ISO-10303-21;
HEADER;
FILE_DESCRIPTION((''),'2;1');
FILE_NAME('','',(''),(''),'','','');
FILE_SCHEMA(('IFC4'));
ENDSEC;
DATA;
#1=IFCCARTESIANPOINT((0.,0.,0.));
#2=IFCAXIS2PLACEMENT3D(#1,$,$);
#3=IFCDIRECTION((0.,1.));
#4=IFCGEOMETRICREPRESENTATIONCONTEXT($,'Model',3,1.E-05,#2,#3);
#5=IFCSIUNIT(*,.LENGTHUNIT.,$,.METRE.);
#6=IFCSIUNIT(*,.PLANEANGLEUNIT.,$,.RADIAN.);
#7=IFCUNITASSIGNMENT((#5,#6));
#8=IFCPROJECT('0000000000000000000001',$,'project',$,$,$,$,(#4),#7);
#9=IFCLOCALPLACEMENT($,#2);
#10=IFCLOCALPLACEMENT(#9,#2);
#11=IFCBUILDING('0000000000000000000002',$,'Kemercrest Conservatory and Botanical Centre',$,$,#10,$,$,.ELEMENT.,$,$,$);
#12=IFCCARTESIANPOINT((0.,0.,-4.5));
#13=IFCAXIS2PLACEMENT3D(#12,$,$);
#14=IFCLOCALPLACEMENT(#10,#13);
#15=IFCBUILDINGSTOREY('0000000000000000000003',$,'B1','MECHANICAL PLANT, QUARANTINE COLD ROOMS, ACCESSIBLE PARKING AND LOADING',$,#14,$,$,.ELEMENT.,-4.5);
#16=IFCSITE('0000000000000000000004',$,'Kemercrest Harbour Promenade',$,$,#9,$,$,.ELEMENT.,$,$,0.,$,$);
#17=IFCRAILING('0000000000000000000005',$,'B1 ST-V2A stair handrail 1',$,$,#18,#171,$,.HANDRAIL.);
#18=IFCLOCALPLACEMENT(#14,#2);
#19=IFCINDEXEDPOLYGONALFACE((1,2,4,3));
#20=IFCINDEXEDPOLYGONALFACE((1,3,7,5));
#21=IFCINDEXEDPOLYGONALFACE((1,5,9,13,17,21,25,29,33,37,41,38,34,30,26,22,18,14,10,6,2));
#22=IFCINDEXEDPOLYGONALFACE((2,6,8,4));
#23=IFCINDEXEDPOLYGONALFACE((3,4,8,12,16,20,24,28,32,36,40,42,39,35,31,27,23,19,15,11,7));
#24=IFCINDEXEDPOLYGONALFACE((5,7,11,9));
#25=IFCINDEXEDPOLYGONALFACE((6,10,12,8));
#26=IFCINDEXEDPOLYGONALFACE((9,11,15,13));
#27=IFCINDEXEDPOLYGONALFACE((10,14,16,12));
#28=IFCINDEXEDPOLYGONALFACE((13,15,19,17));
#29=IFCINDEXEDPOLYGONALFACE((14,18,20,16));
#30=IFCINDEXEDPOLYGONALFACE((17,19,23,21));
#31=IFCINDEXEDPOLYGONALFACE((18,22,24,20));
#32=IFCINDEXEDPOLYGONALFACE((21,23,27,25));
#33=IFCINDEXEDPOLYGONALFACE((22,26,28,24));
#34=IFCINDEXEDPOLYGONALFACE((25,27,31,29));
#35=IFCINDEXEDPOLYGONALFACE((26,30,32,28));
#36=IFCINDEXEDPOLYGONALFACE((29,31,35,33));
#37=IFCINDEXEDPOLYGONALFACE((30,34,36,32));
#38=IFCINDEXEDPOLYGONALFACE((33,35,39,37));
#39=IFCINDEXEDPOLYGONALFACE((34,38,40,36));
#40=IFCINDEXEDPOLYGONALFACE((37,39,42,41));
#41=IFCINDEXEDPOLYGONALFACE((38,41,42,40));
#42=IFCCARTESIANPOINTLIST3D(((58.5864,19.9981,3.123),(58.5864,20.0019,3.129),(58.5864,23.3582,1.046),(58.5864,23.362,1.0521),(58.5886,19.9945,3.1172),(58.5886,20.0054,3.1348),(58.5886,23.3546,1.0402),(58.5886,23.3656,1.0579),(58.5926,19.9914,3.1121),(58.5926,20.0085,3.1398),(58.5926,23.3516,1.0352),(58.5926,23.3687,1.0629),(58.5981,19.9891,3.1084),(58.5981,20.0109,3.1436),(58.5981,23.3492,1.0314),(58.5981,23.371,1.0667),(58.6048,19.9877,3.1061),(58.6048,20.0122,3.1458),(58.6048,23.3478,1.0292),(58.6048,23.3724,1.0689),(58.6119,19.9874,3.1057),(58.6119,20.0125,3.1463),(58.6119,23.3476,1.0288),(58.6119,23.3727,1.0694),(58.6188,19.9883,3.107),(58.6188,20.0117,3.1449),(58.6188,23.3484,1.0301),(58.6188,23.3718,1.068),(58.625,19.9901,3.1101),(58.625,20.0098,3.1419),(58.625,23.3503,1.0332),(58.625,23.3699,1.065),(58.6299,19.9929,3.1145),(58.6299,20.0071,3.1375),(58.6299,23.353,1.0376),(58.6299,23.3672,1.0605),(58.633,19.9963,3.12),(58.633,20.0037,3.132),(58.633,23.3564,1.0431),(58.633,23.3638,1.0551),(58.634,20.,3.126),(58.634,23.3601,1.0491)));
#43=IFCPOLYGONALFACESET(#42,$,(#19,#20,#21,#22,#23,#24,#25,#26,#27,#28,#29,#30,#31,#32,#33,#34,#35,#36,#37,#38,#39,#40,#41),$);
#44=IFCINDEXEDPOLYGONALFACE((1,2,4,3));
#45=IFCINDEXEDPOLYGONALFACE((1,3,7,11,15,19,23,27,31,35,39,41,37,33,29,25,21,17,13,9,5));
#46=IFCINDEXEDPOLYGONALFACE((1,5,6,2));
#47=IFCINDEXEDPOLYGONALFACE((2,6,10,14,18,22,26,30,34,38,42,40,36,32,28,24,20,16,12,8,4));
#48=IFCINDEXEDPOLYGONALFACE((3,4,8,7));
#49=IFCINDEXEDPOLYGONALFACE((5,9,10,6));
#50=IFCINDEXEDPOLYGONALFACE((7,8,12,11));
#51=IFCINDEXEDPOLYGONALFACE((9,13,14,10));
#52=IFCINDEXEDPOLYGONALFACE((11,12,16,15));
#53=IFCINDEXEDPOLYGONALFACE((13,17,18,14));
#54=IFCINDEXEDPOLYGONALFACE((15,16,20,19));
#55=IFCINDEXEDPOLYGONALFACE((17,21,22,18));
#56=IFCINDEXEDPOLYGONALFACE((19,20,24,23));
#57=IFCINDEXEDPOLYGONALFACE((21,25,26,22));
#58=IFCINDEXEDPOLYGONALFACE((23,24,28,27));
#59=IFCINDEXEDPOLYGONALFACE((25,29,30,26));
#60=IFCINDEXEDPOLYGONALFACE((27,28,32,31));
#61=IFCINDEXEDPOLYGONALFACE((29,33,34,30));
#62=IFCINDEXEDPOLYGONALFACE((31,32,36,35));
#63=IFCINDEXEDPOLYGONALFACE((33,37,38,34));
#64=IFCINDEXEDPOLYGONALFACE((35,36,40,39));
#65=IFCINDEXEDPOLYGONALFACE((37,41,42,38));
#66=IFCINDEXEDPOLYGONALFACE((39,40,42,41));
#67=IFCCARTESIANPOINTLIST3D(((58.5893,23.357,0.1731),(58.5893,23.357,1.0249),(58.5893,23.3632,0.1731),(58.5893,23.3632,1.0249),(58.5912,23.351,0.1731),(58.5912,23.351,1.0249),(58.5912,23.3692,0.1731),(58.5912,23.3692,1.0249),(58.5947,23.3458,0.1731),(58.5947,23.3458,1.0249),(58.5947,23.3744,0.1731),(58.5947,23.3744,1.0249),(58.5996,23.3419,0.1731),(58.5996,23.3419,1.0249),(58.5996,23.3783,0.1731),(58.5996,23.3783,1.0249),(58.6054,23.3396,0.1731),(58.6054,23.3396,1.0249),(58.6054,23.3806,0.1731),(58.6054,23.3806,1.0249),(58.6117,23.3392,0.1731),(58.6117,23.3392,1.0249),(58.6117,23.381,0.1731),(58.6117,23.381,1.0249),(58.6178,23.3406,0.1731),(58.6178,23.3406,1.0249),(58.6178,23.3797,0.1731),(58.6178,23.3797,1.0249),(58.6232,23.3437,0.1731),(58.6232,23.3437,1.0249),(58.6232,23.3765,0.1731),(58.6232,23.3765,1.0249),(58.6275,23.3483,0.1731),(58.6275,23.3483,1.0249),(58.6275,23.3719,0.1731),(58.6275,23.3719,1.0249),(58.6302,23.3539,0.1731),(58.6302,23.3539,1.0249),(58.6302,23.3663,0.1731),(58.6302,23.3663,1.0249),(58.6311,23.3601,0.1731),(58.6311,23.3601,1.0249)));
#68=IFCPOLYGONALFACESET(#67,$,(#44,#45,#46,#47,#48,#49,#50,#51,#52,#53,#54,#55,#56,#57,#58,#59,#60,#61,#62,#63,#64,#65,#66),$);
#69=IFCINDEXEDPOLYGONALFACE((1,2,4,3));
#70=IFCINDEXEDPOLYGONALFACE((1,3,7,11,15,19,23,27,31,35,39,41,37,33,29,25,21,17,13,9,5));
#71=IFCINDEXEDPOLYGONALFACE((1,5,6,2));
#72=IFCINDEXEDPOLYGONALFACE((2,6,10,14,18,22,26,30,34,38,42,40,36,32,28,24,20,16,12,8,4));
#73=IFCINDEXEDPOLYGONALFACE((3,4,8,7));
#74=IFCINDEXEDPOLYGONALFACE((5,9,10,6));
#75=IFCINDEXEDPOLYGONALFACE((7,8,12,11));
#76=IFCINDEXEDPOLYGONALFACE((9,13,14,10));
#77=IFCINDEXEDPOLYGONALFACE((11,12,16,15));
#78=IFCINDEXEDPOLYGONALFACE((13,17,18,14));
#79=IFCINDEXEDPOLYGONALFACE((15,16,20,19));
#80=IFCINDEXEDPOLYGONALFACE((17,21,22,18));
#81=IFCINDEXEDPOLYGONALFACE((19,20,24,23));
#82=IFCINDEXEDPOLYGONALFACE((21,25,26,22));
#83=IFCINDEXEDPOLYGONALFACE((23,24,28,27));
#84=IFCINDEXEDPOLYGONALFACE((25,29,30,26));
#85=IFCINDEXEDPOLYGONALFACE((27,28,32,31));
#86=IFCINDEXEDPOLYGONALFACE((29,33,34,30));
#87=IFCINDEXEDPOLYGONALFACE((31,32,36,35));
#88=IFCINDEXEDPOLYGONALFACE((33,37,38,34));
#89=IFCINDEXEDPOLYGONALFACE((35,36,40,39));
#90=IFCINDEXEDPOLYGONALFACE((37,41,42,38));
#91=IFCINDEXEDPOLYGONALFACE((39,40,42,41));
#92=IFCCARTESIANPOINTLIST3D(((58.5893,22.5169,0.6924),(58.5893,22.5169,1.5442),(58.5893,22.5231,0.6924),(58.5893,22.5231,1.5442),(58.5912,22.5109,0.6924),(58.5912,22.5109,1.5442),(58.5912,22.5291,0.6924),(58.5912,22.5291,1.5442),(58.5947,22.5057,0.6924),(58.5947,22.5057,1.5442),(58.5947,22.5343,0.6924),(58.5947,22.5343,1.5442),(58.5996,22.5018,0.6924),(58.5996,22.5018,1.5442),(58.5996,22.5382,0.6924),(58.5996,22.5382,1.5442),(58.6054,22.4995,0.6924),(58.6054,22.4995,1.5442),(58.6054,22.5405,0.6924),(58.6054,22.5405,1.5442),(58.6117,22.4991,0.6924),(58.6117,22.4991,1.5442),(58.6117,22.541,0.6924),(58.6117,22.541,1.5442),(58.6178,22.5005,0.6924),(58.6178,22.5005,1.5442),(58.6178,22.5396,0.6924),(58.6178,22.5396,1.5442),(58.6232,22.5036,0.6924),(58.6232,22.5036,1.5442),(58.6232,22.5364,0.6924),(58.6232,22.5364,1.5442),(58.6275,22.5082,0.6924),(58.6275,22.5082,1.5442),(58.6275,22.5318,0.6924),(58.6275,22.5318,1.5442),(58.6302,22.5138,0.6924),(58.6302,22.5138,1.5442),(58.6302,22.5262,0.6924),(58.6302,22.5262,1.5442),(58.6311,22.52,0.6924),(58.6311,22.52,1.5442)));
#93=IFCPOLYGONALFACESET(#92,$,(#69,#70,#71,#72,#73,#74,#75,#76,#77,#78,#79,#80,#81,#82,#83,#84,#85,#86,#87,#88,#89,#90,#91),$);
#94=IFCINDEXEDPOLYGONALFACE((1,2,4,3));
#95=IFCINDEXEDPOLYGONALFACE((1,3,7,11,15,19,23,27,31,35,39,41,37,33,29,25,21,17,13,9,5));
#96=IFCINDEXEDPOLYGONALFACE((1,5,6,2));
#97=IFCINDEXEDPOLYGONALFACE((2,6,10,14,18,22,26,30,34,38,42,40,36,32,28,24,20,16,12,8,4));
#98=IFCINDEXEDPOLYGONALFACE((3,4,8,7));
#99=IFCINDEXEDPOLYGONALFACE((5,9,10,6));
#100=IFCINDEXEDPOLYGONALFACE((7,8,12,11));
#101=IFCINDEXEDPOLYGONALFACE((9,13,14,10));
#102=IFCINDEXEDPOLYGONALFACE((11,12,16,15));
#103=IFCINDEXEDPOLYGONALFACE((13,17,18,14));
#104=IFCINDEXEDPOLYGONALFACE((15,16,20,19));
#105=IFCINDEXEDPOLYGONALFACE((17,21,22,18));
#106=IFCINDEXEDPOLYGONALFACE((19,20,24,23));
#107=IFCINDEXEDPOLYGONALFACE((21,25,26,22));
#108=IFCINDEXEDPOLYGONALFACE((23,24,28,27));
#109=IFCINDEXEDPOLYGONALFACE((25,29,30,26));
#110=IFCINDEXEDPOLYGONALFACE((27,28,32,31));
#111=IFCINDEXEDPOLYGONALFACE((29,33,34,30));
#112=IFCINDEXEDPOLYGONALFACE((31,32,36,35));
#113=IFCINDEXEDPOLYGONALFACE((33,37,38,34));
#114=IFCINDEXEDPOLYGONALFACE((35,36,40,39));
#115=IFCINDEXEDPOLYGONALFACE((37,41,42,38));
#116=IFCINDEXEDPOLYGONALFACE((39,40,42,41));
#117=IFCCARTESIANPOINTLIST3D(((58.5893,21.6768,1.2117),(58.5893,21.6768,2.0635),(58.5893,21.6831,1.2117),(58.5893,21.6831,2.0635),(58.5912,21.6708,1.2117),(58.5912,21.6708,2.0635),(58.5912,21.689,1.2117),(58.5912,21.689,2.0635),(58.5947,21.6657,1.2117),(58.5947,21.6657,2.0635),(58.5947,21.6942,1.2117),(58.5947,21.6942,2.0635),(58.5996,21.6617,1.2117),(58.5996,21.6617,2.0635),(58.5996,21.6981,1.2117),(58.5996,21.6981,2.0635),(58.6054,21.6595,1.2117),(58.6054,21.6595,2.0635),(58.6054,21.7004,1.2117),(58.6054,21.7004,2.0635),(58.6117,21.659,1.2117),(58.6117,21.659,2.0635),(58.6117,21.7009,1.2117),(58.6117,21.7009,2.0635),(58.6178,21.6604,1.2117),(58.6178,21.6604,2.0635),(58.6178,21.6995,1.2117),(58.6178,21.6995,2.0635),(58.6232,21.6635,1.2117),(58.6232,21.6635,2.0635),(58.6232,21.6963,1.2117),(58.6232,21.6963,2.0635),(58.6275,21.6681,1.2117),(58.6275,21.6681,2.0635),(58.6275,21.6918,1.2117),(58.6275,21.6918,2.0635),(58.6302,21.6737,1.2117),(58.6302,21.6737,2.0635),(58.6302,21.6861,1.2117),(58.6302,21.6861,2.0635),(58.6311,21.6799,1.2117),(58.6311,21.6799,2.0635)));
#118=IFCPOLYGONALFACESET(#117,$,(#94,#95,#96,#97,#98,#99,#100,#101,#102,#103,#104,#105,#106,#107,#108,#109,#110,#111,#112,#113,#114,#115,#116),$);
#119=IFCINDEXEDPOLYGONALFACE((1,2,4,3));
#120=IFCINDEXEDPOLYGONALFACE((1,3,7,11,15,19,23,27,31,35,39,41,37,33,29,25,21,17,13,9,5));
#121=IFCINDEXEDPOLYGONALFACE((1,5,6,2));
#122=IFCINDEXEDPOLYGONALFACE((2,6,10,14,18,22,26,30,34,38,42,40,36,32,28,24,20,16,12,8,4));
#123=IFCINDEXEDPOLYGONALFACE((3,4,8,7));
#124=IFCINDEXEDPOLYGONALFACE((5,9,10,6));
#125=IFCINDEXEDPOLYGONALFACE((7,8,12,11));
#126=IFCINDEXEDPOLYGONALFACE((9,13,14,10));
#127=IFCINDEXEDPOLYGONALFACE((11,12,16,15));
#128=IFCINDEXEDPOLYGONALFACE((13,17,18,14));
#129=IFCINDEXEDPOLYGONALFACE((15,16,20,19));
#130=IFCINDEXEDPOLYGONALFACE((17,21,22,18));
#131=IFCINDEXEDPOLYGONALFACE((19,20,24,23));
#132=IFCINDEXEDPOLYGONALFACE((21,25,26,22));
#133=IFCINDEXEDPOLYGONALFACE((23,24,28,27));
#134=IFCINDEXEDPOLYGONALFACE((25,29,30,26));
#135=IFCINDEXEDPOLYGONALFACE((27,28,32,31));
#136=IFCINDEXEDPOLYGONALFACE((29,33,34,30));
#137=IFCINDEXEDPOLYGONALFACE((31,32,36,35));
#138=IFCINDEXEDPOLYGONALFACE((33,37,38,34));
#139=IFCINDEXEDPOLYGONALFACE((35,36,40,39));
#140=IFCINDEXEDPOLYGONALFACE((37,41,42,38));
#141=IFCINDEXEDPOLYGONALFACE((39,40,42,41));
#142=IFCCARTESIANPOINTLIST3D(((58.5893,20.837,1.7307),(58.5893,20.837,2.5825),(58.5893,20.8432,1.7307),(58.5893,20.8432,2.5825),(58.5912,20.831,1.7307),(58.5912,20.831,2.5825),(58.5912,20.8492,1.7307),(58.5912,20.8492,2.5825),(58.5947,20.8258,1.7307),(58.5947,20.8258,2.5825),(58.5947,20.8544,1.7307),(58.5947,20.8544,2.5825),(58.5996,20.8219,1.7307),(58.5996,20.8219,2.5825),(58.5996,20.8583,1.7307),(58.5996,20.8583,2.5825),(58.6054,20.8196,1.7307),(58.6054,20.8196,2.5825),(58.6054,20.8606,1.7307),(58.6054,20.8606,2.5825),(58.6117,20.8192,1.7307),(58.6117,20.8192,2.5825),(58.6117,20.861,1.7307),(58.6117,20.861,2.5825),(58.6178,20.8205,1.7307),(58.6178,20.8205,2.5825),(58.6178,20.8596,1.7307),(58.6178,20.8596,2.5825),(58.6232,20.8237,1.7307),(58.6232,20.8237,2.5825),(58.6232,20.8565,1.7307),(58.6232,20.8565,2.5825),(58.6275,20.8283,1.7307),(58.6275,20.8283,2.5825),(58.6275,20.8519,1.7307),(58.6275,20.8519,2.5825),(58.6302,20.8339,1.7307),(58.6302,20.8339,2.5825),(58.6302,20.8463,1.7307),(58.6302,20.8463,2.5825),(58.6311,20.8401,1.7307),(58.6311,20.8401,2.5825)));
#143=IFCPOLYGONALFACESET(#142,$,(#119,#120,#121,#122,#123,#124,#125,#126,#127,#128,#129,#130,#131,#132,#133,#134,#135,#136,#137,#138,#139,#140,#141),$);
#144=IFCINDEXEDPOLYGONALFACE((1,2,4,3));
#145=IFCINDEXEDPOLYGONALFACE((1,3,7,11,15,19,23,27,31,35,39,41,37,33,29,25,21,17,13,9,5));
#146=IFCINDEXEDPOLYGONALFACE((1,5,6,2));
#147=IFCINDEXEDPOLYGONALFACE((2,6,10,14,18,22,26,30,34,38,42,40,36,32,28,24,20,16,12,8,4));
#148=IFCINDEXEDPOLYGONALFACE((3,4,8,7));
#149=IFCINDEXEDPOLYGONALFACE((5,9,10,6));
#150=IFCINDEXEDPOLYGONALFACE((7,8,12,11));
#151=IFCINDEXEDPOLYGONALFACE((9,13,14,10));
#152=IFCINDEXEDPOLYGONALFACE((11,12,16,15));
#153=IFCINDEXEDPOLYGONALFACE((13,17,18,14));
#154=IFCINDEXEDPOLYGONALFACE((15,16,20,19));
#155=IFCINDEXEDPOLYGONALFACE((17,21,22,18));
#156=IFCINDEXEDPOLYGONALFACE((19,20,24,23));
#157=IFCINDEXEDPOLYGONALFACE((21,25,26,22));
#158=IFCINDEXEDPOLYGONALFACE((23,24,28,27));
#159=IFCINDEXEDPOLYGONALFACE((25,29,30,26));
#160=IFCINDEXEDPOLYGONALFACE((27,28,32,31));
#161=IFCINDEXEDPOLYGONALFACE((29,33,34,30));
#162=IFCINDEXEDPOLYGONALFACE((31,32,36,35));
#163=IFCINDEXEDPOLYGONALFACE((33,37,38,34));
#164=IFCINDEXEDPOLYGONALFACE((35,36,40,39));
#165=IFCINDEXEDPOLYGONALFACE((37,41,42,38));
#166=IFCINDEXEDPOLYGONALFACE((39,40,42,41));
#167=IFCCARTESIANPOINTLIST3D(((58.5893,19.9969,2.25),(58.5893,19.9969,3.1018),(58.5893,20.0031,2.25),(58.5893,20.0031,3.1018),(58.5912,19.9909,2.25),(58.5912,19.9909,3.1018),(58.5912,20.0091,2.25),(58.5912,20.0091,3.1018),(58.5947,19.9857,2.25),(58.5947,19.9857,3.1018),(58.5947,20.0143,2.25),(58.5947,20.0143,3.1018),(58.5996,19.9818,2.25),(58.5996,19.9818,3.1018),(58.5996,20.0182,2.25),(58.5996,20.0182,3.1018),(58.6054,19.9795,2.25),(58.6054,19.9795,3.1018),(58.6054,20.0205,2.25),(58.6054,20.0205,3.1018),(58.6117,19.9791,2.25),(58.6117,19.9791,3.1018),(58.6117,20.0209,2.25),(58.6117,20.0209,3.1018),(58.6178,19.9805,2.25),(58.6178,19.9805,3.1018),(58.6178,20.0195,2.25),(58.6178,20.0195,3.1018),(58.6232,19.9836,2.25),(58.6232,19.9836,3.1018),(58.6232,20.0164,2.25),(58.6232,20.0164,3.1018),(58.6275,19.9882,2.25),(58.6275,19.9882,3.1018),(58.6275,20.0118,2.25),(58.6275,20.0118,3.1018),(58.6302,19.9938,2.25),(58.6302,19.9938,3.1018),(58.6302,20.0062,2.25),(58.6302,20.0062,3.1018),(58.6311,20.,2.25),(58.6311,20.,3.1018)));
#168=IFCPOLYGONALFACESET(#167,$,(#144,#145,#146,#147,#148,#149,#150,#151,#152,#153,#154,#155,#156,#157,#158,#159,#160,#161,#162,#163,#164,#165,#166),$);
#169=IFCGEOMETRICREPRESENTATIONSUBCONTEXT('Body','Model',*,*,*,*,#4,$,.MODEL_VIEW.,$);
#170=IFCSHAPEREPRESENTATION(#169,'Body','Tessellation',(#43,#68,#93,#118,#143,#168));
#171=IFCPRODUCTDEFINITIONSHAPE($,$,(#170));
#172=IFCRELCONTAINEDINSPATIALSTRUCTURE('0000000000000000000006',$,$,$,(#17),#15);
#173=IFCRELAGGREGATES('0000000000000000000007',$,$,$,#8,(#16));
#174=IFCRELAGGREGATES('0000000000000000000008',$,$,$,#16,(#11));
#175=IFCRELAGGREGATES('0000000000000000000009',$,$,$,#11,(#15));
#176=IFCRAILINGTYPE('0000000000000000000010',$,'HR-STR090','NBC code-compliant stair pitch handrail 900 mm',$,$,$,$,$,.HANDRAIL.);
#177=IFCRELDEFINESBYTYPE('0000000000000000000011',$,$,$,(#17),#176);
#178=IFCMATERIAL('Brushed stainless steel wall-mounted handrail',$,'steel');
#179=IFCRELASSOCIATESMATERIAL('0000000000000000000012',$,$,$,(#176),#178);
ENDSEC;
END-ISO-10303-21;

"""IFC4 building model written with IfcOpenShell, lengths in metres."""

from ifc_helpers import new_model, si_unit, direction, frame, origin, origin_2d, place, context, subcontext, project, spatial, circle, extrude, material, type_object, element, save


model = new_model("IFC4")

# Units and contexts
model_context = context("Model", 3, precision=1e-05, world=origin(), true_north=direction((0.0, 1.0)))
body_context = subcontext(model_context, "Body", "Model", "MODEL_VIEW")
ifc_project = project(units=[si_unit("LENGTHUNIT", "METRE"), si_unit("PLANEANGLEUNIT", "RADIAN")], contexts=[model_context])

# Site, building, storey
site_placement = place(None, origin())
site = spatial("IfcSite", under=ifc_project, at=site_placement, Name="Kemercrest Harbour Promenade", CompositionType="ELEMENT", RefElevation=0.0)
building_placement = place(site_placement, origin())
building = spatial("IfcBuilding", under=site, at=building_placement, Name="Kemercrest Conservatory and Botanical Centre", CompositionType="ELEMENT")
storey_placement = place(building_placement, frame((0.0, 0.0, -4.5)))
storey = spatial("IfcBuildingStorey", under=building, at=storey_placement, Name="B1", Description="MECHANICAL PLANT, QUARANTINE COLD ROOMS, ACCESSIBLE PARKING AND LOADING", CompositionType="ELEMENT", Elevation=-4.5)

# Railing
ifc_material_1 = material(Name="Brushed stainless steel wall-mounted handrail", Category="steel")
railing_type_1 = type_object("IfcRailingType", Name="HR-STR090", Description="NBC code-compliant stair pitch handrail 900 mm", PredefinedType="HANDRAIL", material=ifc_material_1)
railing_1_placement = place(storey_placement, frame((58.6101, 23.3601, 0.1731)))
element("IfcRailing", 1, at=railing_1_placement, inside=storey, type_object=railing_type_1, Name="B1 ST-V2A stair handrail 1", PredefinedType="HANDRAIL", context=body_context, shape_type="SweptSolid", body=[
    extrude(circle(Radius=0.0239, at=origin_2d()), frame((0.0, 0.0, 0.876), z_axis=(0.0, -0.850623, 0.525776), x_axis=(1.0, 0.0, 0.0)), (0.0, 0.0, 1.0), 3.9502),
    extrude(circle(Radius=0.021, at=origin_2d()), origin(), (0.0, 0.0, 1.0), 0.8518),
    extrude(circle(Radius=0.021, at=origin_2d()), frame((0.0, -0.8401, 0.5193)), (0.0, 0.0, 1.0), 0.8518),
    extrude(circle(Radius=0.021, at=origin_2d()), frame((0.0, -1.6802, 1.0386)), (0.0, 0.0, 1.0), 0.8518),
    extrude(circle(Radius=0.021, at=origin_2d()), frame((0.0, -2.52, 1.5576)), (0.0, 0.0, 1.0), 0.8518),
    extrude(circle(Radius=0.021, at=origin_2d()), frame((0.0, -3.3601, 2.0769)), (0.0, 0.0, 1.0), 0.8518),
])

save(model, "model.ifc")
